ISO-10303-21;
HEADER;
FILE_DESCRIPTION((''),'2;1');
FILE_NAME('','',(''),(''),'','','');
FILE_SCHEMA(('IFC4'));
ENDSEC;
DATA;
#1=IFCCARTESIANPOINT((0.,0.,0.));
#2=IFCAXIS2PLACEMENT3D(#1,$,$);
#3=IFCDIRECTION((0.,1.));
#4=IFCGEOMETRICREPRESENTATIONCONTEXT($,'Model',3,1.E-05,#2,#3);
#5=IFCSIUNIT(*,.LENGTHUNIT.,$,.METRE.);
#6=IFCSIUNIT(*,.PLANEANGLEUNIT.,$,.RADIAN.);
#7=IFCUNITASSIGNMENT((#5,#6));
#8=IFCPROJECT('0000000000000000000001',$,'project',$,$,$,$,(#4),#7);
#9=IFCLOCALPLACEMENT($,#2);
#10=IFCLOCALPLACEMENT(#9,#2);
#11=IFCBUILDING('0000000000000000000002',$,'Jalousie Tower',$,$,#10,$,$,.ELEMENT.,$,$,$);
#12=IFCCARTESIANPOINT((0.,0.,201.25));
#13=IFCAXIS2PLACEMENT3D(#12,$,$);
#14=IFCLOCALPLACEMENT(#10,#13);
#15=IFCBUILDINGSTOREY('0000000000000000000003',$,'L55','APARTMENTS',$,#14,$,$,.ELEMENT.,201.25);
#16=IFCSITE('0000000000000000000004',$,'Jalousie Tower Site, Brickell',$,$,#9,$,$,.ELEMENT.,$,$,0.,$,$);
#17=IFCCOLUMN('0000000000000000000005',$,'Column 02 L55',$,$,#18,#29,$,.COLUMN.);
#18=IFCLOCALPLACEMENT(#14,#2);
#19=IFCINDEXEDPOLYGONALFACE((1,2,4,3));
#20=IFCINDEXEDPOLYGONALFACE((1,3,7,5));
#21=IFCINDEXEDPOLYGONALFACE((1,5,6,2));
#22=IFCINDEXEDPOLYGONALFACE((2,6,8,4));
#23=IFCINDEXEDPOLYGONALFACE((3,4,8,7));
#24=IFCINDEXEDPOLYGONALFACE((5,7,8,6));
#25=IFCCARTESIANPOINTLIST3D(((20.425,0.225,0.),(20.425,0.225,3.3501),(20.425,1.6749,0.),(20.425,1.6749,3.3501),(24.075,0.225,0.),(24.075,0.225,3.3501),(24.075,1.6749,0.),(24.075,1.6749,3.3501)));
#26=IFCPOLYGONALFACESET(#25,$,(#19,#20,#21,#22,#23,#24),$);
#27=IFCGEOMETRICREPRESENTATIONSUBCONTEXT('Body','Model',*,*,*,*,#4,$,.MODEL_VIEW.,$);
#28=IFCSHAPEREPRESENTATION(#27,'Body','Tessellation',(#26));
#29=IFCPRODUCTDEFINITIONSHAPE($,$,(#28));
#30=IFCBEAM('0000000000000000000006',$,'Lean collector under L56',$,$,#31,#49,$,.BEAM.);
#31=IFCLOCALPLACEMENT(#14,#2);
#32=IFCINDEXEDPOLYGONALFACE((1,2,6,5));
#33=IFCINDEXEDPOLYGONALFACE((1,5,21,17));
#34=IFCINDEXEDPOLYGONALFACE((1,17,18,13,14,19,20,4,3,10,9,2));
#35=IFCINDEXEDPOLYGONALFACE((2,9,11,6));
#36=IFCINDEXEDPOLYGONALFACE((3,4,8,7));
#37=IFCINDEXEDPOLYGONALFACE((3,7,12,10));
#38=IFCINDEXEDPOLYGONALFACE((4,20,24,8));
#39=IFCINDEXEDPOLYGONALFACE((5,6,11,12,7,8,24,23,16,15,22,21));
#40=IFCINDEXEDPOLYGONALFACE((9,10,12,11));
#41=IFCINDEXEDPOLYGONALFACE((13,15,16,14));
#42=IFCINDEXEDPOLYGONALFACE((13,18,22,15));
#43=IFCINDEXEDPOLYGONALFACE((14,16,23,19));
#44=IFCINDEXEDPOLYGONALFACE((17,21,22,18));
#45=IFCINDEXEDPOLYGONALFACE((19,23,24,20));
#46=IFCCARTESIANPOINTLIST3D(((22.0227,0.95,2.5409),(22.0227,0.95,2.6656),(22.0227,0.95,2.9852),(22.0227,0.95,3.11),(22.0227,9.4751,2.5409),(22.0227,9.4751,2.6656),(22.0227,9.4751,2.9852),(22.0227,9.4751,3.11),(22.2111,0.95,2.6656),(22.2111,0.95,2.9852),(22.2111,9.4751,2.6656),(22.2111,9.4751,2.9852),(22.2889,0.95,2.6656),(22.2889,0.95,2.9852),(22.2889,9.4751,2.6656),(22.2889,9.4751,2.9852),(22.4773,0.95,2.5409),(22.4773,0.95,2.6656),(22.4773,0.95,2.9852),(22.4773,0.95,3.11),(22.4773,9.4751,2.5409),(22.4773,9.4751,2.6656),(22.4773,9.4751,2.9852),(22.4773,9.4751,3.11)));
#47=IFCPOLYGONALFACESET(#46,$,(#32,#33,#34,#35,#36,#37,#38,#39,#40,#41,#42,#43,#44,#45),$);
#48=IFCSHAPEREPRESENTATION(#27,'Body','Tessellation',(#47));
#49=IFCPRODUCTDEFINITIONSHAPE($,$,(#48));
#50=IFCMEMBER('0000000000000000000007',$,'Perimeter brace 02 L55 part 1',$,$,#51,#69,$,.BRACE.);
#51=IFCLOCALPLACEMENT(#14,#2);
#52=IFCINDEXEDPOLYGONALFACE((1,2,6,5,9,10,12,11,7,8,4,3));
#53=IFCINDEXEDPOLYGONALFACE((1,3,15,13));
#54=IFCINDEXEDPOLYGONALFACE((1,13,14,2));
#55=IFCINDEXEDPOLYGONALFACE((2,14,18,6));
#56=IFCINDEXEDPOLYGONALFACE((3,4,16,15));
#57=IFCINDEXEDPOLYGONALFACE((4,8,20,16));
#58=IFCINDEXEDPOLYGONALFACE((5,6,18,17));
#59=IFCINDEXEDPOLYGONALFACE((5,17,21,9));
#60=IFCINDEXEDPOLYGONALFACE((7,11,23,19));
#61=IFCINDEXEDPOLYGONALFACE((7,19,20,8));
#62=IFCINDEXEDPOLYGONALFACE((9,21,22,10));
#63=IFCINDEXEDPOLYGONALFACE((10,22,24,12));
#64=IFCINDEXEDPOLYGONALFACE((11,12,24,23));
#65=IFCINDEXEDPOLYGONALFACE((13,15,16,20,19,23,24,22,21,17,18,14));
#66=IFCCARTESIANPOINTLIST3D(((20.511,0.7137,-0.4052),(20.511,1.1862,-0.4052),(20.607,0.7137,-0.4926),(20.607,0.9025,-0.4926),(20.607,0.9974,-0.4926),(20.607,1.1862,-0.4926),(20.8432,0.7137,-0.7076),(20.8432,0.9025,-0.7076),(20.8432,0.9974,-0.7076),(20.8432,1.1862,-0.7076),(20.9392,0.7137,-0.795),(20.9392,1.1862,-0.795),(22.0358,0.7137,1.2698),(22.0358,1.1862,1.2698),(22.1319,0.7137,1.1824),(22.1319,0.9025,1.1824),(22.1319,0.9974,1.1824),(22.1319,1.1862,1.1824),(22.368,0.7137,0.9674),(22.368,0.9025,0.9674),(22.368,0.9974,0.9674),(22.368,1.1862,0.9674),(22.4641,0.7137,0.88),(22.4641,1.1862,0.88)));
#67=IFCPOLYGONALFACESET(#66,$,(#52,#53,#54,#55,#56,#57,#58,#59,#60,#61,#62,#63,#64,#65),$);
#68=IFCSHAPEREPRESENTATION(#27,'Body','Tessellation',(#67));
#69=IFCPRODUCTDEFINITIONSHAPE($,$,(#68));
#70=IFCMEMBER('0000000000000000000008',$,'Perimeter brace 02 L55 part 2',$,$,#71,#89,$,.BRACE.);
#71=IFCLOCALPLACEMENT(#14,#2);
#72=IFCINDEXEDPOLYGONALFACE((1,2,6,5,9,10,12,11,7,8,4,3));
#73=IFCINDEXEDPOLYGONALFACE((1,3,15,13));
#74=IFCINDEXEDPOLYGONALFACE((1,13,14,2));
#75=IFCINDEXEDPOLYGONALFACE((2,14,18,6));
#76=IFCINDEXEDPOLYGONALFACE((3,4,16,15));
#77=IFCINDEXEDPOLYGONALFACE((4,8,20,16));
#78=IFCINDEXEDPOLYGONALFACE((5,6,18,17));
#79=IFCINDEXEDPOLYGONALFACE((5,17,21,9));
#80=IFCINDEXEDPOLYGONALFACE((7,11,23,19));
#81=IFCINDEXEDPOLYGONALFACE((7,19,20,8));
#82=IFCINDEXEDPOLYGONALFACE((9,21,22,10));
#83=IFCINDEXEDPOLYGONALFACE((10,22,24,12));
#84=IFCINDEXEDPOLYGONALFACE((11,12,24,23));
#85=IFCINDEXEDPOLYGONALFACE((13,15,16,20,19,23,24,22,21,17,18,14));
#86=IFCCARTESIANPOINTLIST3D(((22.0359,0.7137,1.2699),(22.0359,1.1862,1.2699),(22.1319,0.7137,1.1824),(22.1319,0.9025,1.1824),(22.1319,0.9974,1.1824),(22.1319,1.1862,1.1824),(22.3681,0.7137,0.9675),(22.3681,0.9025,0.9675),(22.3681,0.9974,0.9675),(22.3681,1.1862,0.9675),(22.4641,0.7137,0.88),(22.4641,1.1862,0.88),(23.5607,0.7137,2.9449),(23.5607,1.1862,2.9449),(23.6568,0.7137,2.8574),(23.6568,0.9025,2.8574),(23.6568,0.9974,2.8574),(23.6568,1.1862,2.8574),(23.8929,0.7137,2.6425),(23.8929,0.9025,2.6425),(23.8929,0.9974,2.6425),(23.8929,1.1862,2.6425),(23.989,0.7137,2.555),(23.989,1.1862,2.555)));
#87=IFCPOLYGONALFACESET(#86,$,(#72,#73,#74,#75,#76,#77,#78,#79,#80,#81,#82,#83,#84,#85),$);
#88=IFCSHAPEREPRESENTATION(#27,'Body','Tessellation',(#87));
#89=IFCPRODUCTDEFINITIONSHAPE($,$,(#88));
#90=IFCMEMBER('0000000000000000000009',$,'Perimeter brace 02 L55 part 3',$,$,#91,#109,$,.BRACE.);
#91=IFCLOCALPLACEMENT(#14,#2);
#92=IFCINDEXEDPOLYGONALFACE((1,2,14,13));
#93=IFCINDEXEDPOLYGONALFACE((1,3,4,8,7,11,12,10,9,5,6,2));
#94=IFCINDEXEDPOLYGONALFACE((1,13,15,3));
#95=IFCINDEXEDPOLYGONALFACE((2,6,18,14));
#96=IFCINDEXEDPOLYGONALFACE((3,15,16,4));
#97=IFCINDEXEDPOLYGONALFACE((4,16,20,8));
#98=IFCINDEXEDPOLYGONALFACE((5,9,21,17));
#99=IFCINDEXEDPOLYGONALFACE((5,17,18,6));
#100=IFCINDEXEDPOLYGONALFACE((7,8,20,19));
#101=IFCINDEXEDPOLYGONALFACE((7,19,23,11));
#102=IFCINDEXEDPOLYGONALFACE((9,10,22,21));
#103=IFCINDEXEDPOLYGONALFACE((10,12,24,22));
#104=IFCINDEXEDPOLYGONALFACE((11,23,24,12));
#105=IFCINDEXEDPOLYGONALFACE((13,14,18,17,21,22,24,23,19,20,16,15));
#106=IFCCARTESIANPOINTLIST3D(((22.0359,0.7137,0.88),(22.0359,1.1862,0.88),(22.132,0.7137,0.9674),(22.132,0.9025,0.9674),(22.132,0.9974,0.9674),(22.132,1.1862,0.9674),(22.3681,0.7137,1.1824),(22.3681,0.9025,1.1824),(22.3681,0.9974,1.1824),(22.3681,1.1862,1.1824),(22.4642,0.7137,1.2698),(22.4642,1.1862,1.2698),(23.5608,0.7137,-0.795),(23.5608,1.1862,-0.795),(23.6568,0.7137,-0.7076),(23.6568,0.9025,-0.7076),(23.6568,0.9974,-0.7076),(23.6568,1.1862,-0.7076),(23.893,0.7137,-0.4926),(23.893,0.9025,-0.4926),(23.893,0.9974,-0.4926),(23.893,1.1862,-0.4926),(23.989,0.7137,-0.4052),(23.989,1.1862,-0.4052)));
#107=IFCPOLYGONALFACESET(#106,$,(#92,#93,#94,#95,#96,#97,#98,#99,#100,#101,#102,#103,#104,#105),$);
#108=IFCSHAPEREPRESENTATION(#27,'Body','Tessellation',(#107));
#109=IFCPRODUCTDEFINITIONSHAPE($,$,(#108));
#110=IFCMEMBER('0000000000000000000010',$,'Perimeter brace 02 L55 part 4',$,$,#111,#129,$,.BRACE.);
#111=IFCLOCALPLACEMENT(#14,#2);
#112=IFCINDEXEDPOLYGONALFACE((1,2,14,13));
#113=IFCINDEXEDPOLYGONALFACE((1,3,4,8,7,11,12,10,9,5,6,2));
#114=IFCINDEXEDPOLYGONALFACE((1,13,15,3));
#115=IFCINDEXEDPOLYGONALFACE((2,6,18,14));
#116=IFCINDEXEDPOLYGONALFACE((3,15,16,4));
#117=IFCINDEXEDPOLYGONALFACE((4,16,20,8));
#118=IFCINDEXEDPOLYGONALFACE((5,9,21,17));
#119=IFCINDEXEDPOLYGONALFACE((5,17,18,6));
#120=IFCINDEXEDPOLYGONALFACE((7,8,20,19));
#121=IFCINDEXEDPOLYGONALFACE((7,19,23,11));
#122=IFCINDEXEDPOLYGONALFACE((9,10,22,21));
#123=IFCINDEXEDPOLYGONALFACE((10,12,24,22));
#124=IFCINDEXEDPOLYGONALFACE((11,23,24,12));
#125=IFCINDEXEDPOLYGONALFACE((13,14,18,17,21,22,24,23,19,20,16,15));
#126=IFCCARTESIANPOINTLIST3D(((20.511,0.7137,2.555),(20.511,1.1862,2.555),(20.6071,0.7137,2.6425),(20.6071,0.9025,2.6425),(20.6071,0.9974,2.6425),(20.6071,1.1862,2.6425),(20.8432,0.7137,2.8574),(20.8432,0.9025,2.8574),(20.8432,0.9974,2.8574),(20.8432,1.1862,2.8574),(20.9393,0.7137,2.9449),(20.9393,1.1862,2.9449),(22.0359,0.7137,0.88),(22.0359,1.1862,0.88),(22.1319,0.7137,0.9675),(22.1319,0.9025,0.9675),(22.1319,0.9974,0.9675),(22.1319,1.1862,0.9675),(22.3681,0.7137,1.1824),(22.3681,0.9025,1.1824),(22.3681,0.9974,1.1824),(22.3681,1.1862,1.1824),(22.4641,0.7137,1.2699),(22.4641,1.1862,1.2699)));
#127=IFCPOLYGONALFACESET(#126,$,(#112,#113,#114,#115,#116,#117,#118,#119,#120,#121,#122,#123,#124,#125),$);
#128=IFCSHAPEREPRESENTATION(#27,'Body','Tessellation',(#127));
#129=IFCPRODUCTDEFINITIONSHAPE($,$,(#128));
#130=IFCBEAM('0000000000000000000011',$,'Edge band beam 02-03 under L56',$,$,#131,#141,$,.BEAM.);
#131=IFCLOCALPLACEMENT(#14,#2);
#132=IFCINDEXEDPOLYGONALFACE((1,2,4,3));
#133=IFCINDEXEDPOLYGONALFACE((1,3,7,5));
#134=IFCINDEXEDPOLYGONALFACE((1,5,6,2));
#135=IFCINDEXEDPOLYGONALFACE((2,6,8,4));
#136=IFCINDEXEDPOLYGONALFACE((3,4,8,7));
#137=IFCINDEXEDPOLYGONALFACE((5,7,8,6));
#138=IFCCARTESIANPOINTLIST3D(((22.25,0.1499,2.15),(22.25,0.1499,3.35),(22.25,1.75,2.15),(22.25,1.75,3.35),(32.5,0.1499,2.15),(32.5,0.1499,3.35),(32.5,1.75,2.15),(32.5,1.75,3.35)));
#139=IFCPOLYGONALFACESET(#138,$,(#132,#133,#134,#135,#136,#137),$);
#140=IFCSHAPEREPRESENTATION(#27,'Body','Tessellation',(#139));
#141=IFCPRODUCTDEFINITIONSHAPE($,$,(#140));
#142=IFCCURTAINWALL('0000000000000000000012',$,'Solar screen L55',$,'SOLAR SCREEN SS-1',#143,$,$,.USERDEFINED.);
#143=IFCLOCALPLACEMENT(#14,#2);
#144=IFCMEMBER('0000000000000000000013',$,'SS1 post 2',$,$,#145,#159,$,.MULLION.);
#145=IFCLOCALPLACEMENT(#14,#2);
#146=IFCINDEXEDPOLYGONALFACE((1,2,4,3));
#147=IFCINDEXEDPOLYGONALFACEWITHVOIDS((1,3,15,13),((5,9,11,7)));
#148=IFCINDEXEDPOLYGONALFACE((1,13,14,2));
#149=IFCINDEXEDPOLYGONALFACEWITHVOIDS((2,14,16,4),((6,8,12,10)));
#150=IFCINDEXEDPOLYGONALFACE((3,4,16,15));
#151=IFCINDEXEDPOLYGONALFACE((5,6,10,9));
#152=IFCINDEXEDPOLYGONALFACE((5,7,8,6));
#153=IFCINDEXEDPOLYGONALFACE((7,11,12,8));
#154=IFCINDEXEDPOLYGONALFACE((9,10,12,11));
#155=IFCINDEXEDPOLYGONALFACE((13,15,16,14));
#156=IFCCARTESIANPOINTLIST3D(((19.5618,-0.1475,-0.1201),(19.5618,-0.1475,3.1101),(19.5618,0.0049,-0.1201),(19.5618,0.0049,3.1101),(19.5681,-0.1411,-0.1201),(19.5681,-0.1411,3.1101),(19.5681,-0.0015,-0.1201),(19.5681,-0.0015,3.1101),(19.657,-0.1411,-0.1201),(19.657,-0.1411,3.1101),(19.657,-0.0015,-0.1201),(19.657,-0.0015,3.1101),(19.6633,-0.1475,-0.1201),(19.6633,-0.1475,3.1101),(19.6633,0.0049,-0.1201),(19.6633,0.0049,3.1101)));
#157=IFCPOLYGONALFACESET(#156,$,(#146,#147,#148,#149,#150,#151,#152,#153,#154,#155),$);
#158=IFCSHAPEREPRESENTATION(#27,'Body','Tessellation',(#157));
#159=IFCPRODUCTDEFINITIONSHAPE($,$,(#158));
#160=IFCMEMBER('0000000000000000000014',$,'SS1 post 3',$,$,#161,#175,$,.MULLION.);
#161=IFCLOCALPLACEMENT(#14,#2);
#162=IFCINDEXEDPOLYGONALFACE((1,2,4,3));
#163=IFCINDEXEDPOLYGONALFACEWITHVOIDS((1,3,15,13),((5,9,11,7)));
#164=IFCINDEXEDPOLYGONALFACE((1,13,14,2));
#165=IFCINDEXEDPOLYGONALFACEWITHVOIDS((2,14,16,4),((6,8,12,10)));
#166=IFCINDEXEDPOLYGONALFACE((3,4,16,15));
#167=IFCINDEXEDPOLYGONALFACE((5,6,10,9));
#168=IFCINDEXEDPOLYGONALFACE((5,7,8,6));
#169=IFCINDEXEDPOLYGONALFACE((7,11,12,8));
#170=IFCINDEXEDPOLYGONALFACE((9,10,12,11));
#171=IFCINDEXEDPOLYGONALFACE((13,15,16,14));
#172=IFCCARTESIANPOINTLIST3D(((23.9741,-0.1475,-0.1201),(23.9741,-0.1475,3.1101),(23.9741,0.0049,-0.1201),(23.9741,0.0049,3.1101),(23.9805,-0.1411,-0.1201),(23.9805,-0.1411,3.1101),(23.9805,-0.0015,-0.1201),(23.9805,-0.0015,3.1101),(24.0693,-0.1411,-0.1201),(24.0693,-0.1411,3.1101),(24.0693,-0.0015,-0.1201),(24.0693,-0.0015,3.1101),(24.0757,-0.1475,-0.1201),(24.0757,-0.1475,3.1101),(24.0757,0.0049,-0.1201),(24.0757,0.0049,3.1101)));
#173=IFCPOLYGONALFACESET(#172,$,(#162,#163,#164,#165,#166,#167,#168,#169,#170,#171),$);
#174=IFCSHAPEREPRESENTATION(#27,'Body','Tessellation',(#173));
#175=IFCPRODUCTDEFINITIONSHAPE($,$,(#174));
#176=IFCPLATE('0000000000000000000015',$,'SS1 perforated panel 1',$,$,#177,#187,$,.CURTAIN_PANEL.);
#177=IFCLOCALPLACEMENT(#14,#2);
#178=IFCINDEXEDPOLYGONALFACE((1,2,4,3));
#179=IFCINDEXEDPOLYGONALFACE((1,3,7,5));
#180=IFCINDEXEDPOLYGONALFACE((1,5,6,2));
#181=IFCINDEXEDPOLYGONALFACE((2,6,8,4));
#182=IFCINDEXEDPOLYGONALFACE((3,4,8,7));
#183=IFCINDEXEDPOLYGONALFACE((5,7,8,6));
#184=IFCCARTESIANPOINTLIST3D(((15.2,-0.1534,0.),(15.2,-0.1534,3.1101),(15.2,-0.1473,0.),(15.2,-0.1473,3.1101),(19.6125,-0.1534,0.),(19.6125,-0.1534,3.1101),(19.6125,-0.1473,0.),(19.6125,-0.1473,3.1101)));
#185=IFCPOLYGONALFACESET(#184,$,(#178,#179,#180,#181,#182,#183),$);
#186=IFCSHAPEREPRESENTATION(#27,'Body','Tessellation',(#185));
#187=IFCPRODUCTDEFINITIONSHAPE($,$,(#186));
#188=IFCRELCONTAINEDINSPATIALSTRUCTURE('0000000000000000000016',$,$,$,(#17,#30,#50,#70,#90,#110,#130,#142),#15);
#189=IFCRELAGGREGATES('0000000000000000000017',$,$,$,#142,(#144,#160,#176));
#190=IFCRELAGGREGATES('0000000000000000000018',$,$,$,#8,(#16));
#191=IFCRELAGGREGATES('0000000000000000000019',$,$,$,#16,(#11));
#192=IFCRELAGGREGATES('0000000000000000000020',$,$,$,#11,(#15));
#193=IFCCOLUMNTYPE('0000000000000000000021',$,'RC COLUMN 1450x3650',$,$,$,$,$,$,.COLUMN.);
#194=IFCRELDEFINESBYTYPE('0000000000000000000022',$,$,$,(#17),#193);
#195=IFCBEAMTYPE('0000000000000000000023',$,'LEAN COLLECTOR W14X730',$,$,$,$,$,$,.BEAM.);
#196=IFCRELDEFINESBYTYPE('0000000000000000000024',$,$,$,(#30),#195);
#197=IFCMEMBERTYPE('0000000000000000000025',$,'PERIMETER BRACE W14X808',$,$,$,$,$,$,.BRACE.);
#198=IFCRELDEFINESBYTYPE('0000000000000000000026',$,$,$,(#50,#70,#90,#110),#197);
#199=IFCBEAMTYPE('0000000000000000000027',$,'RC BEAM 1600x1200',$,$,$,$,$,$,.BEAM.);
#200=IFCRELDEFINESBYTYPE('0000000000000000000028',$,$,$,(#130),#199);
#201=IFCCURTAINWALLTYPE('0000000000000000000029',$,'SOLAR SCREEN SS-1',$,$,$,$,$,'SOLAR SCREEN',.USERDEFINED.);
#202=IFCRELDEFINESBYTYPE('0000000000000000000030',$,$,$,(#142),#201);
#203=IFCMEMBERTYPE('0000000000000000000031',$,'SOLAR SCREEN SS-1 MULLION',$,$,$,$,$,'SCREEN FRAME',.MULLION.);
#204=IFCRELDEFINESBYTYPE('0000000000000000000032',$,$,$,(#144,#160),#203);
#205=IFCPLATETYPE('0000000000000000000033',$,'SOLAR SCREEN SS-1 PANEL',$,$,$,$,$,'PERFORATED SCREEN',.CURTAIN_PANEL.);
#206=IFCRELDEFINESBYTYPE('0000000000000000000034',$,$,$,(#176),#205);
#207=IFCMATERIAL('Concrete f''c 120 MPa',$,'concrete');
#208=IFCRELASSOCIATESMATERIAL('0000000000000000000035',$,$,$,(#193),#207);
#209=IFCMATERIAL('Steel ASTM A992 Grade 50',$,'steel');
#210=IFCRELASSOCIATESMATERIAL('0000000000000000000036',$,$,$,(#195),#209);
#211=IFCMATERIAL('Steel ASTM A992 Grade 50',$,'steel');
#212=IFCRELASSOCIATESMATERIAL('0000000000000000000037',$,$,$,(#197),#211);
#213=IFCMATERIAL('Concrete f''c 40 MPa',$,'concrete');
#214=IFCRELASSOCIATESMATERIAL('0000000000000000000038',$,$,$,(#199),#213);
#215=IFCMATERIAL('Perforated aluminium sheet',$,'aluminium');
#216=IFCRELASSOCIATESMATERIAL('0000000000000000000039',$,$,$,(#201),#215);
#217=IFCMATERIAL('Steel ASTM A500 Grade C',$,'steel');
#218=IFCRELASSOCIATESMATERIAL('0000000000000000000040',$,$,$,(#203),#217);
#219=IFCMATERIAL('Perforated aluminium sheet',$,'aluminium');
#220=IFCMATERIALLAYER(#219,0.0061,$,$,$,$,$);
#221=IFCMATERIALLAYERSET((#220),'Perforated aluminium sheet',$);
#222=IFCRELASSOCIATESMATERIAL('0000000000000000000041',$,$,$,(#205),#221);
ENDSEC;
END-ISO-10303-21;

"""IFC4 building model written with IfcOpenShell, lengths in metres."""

from ifc_helpers import new_model, si_unit, direction, frame, origin, origin_2d, place, context, subcontext, project, spatial, rectangle, hollow_rectangle, i_section, extrude, material, layer, layer_set, material_profile, profile_set, type_object, element, aggregate, save


model = new_model("IFC4")

# Units and contexts
model_context = context("Model", 3, precision=1e-05, world=origin(), true_north=direction((0.0, 1.0)))
body_context = subcontext(model_context, "Body", "Model", "MODEL_VIEW")
ifc_project = project(units=[si_unit("LENGTHUNIT", "METRE"), si_unit("PLANEANGLEUNIT", "RADIAN")], contexts=[model_context])

# Site, building, storey
site_placement = place(None, origin())
site = spatial("IfcSite", under=ifc_project, at=site_placement, Name="Jalousie Tower Site, Brickell", CompositionType="ELEMENT", RefElevation=0.0)
building_placement = place(site_placement, origin())
building = spatial("IfcBuilding", under=site, at=building_placement, Name="Jalousie Tower", CompositionType="ELEMENT")
storey_placement = place(building_placement, frame((0.0, 0.0, 201.25)))
storey = spatial("IfcBuildingStorey", under=building, at=storey_placement, Name="L55", Description="APARTMENTS", CompositionType="ELEMENT", Elevation=201.25)

# Column
ifc_material_1 = material(Name="Concrete f'c 120 MPa", Category="concrete")
ifc_material_profile_1 = material_profile(ifc_material_1, rectangle(XDim=1.45, YDim=3.6499, at=origin_2d()), Name="RC 1450x3650")
ifc_profile_set_1 = profile_set([ifc_material_profile_1], Name="Concrete f'c 120 MPa")
column_type = type_object("IfcColumnType", Name="RC COLUMN 1450x3650", PredefinedType="COLUMN", material=ifc_profile_set_1)
column_placement = place(storey_placement, frame((22.25, 0.95, 0.0), z_axis=(0.0, 0.0, 1.0), x_axis=(0.0, 1.0, 0.0)))
element("IfcColumn", 1, at=column_placement, inside=storey, type_object=column_type, Name="Column 02 L55", PredefinedType="COLUMN", context=body_context, shape_type="SweptSolid", body=[
    extrude(rectangle(XDim=1.45, YDim=3.6499, at=origin_2d()), origin(), (0.0, 0.0, 1.0), 3.3501),
])

# Beam
ifc_material_2 = material(Name="Steel ASTM A992 Grade 50", Category="steel")
ifc_material_profile_2 = material_profile(ifc_material_2, i_section(OverallWidth=0.4546, OverallDepth=0.5691, WebThickness=0.0779, FlangeThickness=0.1248, at=origin_2d()), Name="W14X730")
ifc_profile_set_2 = profile_set([ifc_material_profile_2], Name="Steel ASTM A992 Grade 50")
beam_type_1 = type_object("IfcBeamType", Name="LEAN COLLECTOR W14X730", PredefinedType="BEAM", material=ifc_profile_set_2)
beam_1_placement = place(storey_placement, frame((22.25, 0.95, 2.8254), z_axis=(0.0, 1.0, 0.0), x_axis=(-1.0, 0.0, 0.0)))
element("IfcBeam", 2, at=beam_1_placement, inside=storey, type_object=beam_type_1, Name="Lean collector under L56", PredefinedType="BEAM", context=body_context, shape_type="SweptSolid", body=[
    extrude(i_section(OverallWidth=0.4546, OverallDepth=0.5691, WebThickness=0.0779, FlangeThickness=0.1248, at=origin_2d()), origin(), (0.0, 0.0, 1.0), 8.5251),
])

# Members
ifc_material_3 = material(Name="Steel ASTM A992 Grade 50", Category="steel")
ifc_material_profile_3 = material_profile(ifc_material_3, i_section(OverallWidth=0.4724, OverallDepth=0.5791, WebThickness=0.095, FlangeThickness=0.1299, at=origin_2d()), Name="W14X808")
ifc_profile_set_3 = profile_set([ifc_material_profile_3], Name="Steel ASTM A992 Grade 50")
member_type_1 = type_object("IfcMemberType", Name="PERIMETER BRACE W14X808", PredefinedType="BRACE", material=ifc_profile_set_3)
for number, where, z_axis, x_axis, name in (
    (3, (20.7251, 0.95, -0.6001), (0.673188, 0.0, 0.739472), (0.0, 1.0, 0.0), "Perimeter brace 02 L55 part 1"),
    (4, (22.25, 0.95, 1.075), (0.673188, 0.0, 0.739472), (0.0, 1.0, 0.0), "Perimeter brace 02 L55 part 2"),
    (5, (23.7749, 0.95, -0.6001), (-0.673188, 0.0, 0.739472), (0.0, -1.0, 0.0), "Perimeter brace 02 L55 part 3"),
    (6, (22.25, 0.95, 1.075), (-0.673188, 0.0, 0.739472), (0.0, -1.0, 0.0), "Perimeter brace 02 L55 part 4"),
):
    element("IfcMember", number, at=place(storey_placement, frame(where, z_axis=z_axis, x_axis=x_axis)), inside=storey, type_object=member_type_1, Name=name, PredefinedType="BRACE", context=body_context, shape_type="SweptSolid", body=[
        extrude(i_section(OverallWidth=0.4724, OverallDepth=0.5791, WebThickness=0.095, FlangeThickness=0.1299, at=origin_2d()), origin(), (0.0, 0.0, 1.0), 2.2651),
    ])

# Beam
ifc_material_4 = material(Name="Concrete f'c 40 MPa", Category="concrete")
ifc_material_profile_4 = material_profile(ifc_material_4, rectangle(XDim=1.6001, YDim=1.2, at=origin_2d()), Name="RC 1600x1200")
ifc_profile_set_4 = profile_set([ifc_material_profile_4], Name="Concrete f'c 40 MPa")
beam_type_2 = type_object("IfcBeamType", Name="RC BEAM 1600x1200", PredefinedType="BEAM", material=ifc_profile_set_4)
beam_2_placement = place(storey_placement, frame((22.25, 0.95, 2.75), z_axis=(1.0, 0.0, 0.0), x_axis=(0.0, 1.0, 0.0)))
element("IfcBeam", 7, at=beam_2_placement, inside=storey, type_object=beam_type_2, Name="Edge band beam 02-03 under L56", PredefinedType="BEAM", context=body_context, shape_type="SweptSolid", body=[
    extrude(rectangle(XDim=1.6001, YDim=1.2, at=origin_2d()), origin(), (0.0, 0.0, 1.0), 10.25),
])

# Curtain wall, members, plate
ifc_material_5 = material(Name="Perforated aluminium sheet", Category="aluminium")
curtain_wall_type = type_object("IfcCurtainWallType", Name="SOLAR SCREEN SS-1", ElementType="SOLAR SCREEN", PredefinedType="USERDEFINED", material=ifc_material_5)
curtain_wall_placement = place(storey_placement, origin())
curtain_wall = element("IfcCurtainWall", 8, at=curtain_wall_placement, inside=storey, type_object=curtain_wall_type, Name="Solar screen L55", ObjectType="SOLAR SCREEN SS-1", PredefinedType="USERDEFINED")
ifc_material_6 = material(Name="Steel ASTM A500 Grade C", Category="steel")
ifc_material_profile_5 = material_profile(ifc_material_6, hollow_rectangle(XDim=0.1016, YDim=0.1523, WallThickness=0.0063, at=origin_2d()), Name="HSS6X4X1/4")
ifc_profile_set_5 = profile_set([ifc_material_profile_5], Name="Steel ASTM A500 Grade C")
member_type_2 = type_object("IfcMemberType", Name="SOLAR SCREEN SS-1 MULLION", ElementType="SCREEN FRAME", PredefinedType="MULLION", material=ifc_profile_set_5)
member_1_placement = place(storey_placement, frame((19.6125, -0.0713, -0.1201), z_axis=(0.0, 0.0, 1.0), x_axis=(1.0, 0.0, 0.0)))
member_1 = element("IfcMember", 9, at=member_1_placement, type_object=member_type_2, Name="SS1 post 2", PredefinedType="MULLION", context=body_context, shape_type="SweptSolid", body=[
    extrude(hollow_rectangle(XDim=0.1016, YDim=0.1523, WallThickness=0.0063, at=origin_2d()), origin(), (0.0, 0.0, 1.0), 3.2302),
])
member_2_placement = place(storey_placement, frame((24.0249, -0.0713, -0.1201), z_axis=(0.0, 0.0, 1.0), x_axis=(1.0, 0.0, 0.0)))
member_2 = element("IfcMember", 10, at=member_2_placement, type_object=member_type_2, Name="SS1 post 3", PredefinedType="MULLION", context=body_context, shape_type="SweptSolid", body=[
    extrude(hollow_rectangle(XDim=0.1016, YDim=0.1523, WallThickness=0.0063, at=origin_2d()), origin(), (0.0, 0.0, 1.0), 3.2302),
])
ifc_material_7 = material(Name="Perforated aluminium sheet", Category="aluminium")
ifc_layer_1 = layer(ifc_material_7, 0.0061)
ifc_layer_set_1 = layer_set([ifc_layer_1], Name="Perforated aluminium sheet")
plate_type = type_object("IfcPlateType", Name="SOLAR SCREEN SS-1 PANEL", ElementType="PERFORATED SCREEN", PredefinedType="CURTAIN_PANEL", material=ifc_layer_set_1)
plate_1_placement = place(storey_placement, frame((17.4062, -0.1504, 0.0), z_axis=(0.0, 0.0, 1.0), x_axis=(1.0, 0.0, 0.0)))
plate_1 = element("IfcPlate", 11, at=plate_1_placement, type_object=plate_type, Name="SS1 perforated panel 1", PredefinedType="CURTAIN_PANEL", context=body_context, shape_type="SweptSolid", body=[
    extrude(rectangle(XDim=4.4126, YDim=0.0061, at=origin_2d()), origin(), (0.0, 0.0, 1.0), 3.1101),
])
aggregate(curtain_wall, [member_1, member_2, plate_1])

save(model, "model.ifc")
